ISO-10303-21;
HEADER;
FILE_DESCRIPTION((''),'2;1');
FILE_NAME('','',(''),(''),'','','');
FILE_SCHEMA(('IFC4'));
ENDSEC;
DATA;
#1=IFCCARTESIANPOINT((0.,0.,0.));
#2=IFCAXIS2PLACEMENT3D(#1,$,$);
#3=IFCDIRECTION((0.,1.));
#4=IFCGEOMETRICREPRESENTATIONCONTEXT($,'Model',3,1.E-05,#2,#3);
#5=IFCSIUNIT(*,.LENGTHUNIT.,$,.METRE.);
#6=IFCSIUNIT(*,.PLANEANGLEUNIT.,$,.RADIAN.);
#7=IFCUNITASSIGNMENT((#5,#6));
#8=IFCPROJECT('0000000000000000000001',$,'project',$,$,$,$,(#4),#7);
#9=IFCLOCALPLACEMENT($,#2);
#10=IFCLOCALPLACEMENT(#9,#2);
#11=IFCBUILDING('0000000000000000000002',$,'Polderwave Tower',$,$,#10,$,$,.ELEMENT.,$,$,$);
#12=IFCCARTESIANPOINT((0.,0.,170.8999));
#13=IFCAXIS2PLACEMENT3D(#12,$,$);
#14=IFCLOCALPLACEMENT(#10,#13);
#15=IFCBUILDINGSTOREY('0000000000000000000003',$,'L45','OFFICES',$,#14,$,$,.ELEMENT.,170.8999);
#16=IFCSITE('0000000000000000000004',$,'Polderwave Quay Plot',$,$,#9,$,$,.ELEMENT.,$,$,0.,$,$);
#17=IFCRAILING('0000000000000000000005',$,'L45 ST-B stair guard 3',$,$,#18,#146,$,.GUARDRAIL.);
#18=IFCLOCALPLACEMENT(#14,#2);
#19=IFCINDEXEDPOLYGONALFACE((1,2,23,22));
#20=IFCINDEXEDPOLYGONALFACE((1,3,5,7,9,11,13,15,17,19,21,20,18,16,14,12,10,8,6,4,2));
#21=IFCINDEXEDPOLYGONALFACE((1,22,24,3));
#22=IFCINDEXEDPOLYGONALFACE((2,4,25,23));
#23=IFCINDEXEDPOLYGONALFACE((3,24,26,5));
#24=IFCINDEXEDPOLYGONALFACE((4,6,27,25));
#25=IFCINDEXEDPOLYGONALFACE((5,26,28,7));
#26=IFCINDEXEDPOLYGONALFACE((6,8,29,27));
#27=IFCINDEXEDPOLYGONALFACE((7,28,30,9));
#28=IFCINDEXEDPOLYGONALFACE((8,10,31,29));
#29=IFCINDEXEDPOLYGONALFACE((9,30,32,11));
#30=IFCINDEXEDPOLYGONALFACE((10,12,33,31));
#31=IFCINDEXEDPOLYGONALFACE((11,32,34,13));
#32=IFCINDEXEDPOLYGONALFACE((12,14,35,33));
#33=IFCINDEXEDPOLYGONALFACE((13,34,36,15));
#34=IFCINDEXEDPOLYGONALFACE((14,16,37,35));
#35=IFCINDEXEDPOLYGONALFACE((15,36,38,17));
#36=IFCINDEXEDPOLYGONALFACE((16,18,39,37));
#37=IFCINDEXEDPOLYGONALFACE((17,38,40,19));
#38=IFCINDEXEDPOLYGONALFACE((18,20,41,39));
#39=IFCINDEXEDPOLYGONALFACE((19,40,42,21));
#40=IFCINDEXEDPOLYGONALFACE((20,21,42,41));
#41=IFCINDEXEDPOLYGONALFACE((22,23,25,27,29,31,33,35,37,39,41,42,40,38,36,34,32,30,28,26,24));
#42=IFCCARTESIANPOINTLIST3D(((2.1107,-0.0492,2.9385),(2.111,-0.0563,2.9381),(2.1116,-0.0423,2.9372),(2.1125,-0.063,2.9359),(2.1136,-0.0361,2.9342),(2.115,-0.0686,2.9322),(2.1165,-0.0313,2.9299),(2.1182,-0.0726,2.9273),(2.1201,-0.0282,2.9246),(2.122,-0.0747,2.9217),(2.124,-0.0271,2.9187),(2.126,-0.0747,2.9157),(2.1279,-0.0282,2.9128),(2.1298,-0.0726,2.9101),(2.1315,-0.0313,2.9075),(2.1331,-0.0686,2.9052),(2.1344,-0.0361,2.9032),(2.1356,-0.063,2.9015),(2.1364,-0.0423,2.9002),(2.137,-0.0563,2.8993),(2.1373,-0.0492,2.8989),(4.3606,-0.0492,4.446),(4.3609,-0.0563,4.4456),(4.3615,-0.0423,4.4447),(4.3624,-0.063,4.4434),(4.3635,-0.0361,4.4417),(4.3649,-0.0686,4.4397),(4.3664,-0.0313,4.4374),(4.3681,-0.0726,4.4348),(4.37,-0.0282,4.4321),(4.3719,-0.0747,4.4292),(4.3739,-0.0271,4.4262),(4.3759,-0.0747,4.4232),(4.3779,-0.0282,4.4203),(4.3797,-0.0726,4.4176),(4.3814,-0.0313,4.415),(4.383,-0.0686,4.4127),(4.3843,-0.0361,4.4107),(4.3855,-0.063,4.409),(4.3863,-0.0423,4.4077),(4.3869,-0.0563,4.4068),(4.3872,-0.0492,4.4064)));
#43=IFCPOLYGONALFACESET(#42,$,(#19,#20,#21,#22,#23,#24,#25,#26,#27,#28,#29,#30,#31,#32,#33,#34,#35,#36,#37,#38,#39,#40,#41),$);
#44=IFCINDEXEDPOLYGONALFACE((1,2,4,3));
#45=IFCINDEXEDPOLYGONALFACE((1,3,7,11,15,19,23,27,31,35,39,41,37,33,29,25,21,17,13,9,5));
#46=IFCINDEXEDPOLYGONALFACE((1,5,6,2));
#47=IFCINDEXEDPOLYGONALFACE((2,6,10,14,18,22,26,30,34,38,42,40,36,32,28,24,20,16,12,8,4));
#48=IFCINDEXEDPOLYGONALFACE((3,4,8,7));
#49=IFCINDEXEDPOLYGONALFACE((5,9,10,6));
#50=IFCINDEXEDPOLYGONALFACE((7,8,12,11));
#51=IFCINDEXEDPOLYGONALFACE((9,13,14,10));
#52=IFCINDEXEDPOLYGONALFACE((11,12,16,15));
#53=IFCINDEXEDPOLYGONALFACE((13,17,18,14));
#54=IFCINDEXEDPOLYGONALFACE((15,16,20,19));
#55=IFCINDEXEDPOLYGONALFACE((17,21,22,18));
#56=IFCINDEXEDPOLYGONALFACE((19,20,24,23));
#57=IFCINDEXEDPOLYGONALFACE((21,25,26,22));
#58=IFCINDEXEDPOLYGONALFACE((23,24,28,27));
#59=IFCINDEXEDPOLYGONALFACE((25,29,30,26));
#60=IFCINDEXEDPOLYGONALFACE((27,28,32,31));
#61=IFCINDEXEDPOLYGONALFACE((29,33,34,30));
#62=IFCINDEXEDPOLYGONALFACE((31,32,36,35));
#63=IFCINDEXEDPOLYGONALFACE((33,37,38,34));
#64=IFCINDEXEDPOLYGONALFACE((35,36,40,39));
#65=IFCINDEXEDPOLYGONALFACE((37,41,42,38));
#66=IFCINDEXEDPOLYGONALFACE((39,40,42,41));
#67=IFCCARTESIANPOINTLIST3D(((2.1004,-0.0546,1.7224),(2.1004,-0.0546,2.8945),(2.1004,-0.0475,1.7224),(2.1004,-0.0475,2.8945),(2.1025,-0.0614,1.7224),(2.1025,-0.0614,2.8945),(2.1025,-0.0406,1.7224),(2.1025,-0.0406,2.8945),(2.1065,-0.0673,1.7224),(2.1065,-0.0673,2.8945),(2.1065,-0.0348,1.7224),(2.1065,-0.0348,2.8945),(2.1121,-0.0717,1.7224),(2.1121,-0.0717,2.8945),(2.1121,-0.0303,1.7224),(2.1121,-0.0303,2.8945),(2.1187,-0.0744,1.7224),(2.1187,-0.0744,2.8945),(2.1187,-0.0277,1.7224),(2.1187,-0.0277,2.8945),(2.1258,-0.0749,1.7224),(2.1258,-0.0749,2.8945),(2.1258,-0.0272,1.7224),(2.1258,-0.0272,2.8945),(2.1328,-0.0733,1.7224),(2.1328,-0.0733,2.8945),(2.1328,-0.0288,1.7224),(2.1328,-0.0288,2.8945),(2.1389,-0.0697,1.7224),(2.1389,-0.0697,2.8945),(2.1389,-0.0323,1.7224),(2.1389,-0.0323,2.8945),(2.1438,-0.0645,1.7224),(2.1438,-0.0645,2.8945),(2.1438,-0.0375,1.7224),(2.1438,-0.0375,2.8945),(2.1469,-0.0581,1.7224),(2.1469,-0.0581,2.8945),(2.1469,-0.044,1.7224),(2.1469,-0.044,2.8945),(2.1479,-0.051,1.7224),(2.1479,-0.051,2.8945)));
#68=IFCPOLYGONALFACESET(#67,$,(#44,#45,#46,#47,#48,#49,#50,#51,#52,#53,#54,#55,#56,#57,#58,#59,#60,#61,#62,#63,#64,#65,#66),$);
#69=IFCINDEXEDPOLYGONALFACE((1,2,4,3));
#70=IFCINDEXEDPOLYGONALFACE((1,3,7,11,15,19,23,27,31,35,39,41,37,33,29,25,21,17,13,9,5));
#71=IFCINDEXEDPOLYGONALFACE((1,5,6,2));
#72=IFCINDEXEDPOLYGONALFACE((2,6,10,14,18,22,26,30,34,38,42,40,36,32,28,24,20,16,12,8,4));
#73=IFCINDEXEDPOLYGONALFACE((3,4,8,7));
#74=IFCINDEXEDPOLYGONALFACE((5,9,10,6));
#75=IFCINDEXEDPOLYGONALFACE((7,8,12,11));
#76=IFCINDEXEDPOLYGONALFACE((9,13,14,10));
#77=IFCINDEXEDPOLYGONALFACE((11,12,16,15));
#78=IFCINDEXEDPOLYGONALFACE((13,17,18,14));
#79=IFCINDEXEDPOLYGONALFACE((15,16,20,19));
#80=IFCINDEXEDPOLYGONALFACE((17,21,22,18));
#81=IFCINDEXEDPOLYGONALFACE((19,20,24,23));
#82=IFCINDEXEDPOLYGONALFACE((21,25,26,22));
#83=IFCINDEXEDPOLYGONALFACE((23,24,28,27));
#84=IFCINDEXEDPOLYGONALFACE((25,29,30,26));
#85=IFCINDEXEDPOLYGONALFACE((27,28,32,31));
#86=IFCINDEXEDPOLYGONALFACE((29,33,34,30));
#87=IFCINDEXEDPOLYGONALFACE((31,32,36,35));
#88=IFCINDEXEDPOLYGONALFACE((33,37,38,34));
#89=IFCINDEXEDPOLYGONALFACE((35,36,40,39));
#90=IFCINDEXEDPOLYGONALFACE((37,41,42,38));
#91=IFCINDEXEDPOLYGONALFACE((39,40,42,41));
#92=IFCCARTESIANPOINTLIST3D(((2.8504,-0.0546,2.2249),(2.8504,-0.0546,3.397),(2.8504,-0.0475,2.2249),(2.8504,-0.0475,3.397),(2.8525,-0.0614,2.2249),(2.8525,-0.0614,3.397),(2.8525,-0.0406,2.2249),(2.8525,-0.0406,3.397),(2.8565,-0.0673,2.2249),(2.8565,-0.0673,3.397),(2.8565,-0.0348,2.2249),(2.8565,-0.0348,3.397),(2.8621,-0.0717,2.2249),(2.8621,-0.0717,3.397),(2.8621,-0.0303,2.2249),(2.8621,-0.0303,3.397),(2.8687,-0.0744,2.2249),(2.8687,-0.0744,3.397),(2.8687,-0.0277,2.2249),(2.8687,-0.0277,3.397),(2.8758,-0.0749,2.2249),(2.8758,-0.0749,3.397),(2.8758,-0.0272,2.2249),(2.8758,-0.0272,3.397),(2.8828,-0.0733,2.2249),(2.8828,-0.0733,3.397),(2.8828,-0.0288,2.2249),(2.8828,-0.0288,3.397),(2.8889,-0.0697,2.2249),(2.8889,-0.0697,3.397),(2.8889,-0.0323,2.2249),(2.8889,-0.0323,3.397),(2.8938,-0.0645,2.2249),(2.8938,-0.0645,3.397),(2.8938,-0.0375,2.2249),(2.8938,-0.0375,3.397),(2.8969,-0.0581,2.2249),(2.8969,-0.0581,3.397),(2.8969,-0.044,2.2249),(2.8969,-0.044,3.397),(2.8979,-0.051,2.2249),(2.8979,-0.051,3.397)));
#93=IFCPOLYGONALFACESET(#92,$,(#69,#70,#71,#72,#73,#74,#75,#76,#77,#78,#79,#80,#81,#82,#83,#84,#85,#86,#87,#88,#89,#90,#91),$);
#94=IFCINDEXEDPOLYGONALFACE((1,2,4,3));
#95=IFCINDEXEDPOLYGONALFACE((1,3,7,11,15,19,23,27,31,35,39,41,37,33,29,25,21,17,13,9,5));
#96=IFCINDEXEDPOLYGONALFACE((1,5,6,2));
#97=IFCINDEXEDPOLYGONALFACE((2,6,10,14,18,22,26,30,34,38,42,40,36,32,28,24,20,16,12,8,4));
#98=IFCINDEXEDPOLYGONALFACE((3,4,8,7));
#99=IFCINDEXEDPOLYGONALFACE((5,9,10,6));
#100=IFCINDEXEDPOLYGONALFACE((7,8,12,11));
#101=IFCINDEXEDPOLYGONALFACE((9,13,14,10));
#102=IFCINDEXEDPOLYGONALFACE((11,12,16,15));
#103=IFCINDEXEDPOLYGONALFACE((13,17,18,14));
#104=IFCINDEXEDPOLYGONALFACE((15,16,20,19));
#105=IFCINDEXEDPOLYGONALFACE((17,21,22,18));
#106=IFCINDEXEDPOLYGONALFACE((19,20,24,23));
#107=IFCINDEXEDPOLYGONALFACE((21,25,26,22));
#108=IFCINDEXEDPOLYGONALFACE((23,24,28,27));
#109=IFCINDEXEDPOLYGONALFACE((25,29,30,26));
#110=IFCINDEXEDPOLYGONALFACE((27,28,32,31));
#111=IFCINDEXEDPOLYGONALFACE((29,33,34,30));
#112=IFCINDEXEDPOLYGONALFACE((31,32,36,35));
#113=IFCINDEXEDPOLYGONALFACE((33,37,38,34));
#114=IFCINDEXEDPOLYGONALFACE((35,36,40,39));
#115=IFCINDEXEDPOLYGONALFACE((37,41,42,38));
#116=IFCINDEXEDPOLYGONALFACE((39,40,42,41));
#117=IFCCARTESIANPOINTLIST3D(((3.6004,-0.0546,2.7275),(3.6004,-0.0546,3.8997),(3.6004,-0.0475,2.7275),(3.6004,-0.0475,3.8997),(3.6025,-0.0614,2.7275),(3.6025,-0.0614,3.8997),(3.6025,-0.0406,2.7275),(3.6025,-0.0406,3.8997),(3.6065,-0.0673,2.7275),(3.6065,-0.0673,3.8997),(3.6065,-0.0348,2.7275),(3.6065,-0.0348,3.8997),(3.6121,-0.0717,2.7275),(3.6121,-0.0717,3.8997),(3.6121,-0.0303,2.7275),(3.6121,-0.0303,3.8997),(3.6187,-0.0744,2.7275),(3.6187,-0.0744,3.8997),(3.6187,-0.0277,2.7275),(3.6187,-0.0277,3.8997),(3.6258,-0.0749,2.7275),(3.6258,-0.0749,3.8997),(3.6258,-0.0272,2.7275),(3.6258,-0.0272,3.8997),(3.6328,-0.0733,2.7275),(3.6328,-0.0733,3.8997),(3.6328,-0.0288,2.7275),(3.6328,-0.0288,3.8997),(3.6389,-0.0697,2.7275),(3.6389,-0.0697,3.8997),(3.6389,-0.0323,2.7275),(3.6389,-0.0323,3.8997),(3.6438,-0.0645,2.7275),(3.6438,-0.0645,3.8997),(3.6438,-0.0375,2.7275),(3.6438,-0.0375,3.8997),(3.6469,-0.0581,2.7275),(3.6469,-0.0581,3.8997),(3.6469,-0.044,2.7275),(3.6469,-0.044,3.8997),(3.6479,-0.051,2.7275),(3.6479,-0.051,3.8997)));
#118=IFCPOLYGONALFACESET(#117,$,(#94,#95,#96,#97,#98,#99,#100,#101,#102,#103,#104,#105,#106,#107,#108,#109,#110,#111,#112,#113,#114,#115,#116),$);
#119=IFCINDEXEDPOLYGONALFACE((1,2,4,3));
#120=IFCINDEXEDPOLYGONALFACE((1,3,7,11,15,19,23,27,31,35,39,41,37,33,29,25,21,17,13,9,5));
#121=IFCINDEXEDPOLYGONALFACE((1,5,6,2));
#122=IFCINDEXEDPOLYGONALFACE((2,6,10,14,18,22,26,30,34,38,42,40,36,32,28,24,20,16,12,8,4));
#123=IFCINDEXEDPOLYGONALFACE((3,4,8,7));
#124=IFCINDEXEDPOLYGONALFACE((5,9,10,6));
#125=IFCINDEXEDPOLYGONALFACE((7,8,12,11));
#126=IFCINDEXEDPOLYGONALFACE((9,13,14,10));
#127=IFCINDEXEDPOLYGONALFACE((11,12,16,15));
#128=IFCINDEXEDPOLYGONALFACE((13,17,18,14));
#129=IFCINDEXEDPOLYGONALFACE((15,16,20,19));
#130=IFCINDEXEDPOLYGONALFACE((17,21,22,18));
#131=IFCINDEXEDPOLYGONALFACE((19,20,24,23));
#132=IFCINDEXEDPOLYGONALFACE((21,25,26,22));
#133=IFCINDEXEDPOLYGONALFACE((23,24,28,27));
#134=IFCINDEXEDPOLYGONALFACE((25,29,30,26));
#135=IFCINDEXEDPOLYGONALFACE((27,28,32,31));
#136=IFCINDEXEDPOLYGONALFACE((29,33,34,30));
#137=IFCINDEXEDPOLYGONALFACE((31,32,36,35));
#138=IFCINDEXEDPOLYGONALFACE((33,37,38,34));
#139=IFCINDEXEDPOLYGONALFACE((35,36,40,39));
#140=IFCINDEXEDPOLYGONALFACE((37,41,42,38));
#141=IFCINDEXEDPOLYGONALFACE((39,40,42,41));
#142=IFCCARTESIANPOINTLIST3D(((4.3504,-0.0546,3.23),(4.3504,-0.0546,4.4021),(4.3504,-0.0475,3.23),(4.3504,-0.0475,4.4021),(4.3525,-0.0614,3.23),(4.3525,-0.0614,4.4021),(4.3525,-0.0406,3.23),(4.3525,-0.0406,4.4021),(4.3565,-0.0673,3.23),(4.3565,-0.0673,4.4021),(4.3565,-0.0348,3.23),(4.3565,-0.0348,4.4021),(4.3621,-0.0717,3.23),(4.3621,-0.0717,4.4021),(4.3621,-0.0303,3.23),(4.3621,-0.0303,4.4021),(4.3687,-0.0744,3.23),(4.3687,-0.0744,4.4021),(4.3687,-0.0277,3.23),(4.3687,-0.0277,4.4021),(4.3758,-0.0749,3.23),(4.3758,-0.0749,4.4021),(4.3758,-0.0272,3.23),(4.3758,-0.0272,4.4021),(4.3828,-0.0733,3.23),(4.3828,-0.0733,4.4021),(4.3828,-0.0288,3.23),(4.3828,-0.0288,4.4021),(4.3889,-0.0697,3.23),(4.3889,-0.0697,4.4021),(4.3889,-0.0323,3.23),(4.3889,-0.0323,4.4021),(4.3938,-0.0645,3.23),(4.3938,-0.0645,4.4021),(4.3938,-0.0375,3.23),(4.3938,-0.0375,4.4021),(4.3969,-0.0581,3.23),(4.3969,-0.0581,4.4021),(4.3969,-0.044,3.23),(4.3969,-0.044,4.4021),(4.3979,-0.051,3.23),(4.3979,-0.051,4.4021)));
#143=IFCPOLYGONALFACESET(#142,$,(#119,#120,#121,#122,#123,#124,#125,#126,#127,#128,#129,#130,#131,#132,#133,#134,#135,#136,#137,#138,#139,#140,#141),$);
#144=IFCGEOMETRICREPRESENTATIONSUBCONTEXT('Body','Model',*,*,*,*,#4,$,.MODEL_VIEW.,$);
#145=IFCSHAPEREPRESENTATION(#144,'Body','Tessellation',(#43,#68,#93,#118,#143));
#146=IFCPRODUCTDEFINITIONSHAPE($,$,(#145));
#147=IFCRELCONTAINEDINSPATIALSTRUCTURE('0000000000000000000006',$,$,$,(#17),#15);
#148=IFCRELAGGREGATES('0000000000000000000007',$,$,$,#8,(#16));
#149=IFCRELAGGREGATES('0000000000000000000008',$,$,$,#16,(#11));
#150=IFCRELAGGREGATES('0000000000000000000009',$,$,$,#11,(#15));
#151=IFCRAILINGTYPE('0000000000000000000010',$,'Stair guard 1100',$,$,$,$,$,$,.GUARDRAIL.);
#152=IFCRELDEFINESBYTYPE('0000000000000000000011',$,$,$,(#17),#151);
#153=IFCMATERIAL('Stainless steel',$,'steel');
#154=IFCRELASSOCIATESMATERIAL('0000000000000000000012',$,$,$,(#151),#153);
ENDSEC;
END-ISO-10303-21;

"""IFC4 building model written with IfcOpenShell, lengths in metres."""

from ifc_helpers import new_model, si_unit, direction, frame, origin, origin_2d, place, context, subcontext, project, spatial, circle, extrude, material, type_object, element, save


model = new_model("IFC4")

# Units and contexts
model_context = context("Model", 3, precision=1e-05, world=origin(), true_north=direction((0.0, 1.0)))
body_context = subcontext(model_context, "Body", "Model", "MODEL_VIEW")
ifc_project = project(units=[si_unit("LENGTHUNIT", "METRE"), si_unit("PLANEANGLEUNIT", "RADIAN")], contexts=[model_context])

# Site, building, storey
site_placement = place(None, origin())
site = spatial("IfcSite", under=ifc_project, at=site_placement, Name="Polderwave Quay Plot", CompositionType="ELEMENT", RefElevation=0.0)
building_placement = place(site_placement, origin())
building = spatial("IfcBuilding", under=site, at=building_placement, Name="Polderwave Tower", CompositionType="ELEMENT")
storey_placement = place(building_placement, frame((0.0, 0.0, 170.8999)))
storey = spatial("IfcBuildingStorey", under=building, at=storey_placement, Name="L45", Description="OFFICES", CompositionType="ELEMENT", Elevation=170.8999)

# Railing
ifc_material_1 = material(Name="Stainless steel", Category="steel")
railing_type_1 = type_object("IfcRailingType", Name="Stair guard 1100", PredefinedType="GUARDRAIL", material=ifc_material_1)
railing_1_placement = place(storey_placement, frame((2.124, -0.051, 1.7224)))
element("IfcRailing", 1, at=railing_1_placement, inside=storey, type_object=railing_type_1, Name="L45 ST-B stair guard 3", PredefinedType="GUARDRAIL", context=body_context, shape_type="SweptSolid", body=[
    extrude(circle(Radius=0.0239, at=origin_2d()), frame((0.0, 0.0, 1.1963), z_axis=(0.830758, 0.0, 0.556633), x_axis=(0.0, 1.0, 0.0)), (0.0, 0.0, 1.0), 2.7083),
    extrude(circle(Radius=0.0239, at=origin_2d()), origin(), (0.0, 0.0, 1.0), 1.1721),
    extrude(circle(Radius=0.0239, at=origin_2d()), frame((0.75, 0.0, 0.5024)), (0.0, 0.0, 1.0), 1.1721),
    extrude(circle(Radius=0.0239, at=origin_2d()), frame((1.5, 0.0, 1.0051)), (0.0, 0.0, 1.0), 1.1721),
    extrude(circle(Radius=0.0239, at=origin_2d()), frame((2.25, 0.0, 1.5076)), (0.0, 0.0, 1.0), 1.1721),
])

save(model, "model.ifc")
